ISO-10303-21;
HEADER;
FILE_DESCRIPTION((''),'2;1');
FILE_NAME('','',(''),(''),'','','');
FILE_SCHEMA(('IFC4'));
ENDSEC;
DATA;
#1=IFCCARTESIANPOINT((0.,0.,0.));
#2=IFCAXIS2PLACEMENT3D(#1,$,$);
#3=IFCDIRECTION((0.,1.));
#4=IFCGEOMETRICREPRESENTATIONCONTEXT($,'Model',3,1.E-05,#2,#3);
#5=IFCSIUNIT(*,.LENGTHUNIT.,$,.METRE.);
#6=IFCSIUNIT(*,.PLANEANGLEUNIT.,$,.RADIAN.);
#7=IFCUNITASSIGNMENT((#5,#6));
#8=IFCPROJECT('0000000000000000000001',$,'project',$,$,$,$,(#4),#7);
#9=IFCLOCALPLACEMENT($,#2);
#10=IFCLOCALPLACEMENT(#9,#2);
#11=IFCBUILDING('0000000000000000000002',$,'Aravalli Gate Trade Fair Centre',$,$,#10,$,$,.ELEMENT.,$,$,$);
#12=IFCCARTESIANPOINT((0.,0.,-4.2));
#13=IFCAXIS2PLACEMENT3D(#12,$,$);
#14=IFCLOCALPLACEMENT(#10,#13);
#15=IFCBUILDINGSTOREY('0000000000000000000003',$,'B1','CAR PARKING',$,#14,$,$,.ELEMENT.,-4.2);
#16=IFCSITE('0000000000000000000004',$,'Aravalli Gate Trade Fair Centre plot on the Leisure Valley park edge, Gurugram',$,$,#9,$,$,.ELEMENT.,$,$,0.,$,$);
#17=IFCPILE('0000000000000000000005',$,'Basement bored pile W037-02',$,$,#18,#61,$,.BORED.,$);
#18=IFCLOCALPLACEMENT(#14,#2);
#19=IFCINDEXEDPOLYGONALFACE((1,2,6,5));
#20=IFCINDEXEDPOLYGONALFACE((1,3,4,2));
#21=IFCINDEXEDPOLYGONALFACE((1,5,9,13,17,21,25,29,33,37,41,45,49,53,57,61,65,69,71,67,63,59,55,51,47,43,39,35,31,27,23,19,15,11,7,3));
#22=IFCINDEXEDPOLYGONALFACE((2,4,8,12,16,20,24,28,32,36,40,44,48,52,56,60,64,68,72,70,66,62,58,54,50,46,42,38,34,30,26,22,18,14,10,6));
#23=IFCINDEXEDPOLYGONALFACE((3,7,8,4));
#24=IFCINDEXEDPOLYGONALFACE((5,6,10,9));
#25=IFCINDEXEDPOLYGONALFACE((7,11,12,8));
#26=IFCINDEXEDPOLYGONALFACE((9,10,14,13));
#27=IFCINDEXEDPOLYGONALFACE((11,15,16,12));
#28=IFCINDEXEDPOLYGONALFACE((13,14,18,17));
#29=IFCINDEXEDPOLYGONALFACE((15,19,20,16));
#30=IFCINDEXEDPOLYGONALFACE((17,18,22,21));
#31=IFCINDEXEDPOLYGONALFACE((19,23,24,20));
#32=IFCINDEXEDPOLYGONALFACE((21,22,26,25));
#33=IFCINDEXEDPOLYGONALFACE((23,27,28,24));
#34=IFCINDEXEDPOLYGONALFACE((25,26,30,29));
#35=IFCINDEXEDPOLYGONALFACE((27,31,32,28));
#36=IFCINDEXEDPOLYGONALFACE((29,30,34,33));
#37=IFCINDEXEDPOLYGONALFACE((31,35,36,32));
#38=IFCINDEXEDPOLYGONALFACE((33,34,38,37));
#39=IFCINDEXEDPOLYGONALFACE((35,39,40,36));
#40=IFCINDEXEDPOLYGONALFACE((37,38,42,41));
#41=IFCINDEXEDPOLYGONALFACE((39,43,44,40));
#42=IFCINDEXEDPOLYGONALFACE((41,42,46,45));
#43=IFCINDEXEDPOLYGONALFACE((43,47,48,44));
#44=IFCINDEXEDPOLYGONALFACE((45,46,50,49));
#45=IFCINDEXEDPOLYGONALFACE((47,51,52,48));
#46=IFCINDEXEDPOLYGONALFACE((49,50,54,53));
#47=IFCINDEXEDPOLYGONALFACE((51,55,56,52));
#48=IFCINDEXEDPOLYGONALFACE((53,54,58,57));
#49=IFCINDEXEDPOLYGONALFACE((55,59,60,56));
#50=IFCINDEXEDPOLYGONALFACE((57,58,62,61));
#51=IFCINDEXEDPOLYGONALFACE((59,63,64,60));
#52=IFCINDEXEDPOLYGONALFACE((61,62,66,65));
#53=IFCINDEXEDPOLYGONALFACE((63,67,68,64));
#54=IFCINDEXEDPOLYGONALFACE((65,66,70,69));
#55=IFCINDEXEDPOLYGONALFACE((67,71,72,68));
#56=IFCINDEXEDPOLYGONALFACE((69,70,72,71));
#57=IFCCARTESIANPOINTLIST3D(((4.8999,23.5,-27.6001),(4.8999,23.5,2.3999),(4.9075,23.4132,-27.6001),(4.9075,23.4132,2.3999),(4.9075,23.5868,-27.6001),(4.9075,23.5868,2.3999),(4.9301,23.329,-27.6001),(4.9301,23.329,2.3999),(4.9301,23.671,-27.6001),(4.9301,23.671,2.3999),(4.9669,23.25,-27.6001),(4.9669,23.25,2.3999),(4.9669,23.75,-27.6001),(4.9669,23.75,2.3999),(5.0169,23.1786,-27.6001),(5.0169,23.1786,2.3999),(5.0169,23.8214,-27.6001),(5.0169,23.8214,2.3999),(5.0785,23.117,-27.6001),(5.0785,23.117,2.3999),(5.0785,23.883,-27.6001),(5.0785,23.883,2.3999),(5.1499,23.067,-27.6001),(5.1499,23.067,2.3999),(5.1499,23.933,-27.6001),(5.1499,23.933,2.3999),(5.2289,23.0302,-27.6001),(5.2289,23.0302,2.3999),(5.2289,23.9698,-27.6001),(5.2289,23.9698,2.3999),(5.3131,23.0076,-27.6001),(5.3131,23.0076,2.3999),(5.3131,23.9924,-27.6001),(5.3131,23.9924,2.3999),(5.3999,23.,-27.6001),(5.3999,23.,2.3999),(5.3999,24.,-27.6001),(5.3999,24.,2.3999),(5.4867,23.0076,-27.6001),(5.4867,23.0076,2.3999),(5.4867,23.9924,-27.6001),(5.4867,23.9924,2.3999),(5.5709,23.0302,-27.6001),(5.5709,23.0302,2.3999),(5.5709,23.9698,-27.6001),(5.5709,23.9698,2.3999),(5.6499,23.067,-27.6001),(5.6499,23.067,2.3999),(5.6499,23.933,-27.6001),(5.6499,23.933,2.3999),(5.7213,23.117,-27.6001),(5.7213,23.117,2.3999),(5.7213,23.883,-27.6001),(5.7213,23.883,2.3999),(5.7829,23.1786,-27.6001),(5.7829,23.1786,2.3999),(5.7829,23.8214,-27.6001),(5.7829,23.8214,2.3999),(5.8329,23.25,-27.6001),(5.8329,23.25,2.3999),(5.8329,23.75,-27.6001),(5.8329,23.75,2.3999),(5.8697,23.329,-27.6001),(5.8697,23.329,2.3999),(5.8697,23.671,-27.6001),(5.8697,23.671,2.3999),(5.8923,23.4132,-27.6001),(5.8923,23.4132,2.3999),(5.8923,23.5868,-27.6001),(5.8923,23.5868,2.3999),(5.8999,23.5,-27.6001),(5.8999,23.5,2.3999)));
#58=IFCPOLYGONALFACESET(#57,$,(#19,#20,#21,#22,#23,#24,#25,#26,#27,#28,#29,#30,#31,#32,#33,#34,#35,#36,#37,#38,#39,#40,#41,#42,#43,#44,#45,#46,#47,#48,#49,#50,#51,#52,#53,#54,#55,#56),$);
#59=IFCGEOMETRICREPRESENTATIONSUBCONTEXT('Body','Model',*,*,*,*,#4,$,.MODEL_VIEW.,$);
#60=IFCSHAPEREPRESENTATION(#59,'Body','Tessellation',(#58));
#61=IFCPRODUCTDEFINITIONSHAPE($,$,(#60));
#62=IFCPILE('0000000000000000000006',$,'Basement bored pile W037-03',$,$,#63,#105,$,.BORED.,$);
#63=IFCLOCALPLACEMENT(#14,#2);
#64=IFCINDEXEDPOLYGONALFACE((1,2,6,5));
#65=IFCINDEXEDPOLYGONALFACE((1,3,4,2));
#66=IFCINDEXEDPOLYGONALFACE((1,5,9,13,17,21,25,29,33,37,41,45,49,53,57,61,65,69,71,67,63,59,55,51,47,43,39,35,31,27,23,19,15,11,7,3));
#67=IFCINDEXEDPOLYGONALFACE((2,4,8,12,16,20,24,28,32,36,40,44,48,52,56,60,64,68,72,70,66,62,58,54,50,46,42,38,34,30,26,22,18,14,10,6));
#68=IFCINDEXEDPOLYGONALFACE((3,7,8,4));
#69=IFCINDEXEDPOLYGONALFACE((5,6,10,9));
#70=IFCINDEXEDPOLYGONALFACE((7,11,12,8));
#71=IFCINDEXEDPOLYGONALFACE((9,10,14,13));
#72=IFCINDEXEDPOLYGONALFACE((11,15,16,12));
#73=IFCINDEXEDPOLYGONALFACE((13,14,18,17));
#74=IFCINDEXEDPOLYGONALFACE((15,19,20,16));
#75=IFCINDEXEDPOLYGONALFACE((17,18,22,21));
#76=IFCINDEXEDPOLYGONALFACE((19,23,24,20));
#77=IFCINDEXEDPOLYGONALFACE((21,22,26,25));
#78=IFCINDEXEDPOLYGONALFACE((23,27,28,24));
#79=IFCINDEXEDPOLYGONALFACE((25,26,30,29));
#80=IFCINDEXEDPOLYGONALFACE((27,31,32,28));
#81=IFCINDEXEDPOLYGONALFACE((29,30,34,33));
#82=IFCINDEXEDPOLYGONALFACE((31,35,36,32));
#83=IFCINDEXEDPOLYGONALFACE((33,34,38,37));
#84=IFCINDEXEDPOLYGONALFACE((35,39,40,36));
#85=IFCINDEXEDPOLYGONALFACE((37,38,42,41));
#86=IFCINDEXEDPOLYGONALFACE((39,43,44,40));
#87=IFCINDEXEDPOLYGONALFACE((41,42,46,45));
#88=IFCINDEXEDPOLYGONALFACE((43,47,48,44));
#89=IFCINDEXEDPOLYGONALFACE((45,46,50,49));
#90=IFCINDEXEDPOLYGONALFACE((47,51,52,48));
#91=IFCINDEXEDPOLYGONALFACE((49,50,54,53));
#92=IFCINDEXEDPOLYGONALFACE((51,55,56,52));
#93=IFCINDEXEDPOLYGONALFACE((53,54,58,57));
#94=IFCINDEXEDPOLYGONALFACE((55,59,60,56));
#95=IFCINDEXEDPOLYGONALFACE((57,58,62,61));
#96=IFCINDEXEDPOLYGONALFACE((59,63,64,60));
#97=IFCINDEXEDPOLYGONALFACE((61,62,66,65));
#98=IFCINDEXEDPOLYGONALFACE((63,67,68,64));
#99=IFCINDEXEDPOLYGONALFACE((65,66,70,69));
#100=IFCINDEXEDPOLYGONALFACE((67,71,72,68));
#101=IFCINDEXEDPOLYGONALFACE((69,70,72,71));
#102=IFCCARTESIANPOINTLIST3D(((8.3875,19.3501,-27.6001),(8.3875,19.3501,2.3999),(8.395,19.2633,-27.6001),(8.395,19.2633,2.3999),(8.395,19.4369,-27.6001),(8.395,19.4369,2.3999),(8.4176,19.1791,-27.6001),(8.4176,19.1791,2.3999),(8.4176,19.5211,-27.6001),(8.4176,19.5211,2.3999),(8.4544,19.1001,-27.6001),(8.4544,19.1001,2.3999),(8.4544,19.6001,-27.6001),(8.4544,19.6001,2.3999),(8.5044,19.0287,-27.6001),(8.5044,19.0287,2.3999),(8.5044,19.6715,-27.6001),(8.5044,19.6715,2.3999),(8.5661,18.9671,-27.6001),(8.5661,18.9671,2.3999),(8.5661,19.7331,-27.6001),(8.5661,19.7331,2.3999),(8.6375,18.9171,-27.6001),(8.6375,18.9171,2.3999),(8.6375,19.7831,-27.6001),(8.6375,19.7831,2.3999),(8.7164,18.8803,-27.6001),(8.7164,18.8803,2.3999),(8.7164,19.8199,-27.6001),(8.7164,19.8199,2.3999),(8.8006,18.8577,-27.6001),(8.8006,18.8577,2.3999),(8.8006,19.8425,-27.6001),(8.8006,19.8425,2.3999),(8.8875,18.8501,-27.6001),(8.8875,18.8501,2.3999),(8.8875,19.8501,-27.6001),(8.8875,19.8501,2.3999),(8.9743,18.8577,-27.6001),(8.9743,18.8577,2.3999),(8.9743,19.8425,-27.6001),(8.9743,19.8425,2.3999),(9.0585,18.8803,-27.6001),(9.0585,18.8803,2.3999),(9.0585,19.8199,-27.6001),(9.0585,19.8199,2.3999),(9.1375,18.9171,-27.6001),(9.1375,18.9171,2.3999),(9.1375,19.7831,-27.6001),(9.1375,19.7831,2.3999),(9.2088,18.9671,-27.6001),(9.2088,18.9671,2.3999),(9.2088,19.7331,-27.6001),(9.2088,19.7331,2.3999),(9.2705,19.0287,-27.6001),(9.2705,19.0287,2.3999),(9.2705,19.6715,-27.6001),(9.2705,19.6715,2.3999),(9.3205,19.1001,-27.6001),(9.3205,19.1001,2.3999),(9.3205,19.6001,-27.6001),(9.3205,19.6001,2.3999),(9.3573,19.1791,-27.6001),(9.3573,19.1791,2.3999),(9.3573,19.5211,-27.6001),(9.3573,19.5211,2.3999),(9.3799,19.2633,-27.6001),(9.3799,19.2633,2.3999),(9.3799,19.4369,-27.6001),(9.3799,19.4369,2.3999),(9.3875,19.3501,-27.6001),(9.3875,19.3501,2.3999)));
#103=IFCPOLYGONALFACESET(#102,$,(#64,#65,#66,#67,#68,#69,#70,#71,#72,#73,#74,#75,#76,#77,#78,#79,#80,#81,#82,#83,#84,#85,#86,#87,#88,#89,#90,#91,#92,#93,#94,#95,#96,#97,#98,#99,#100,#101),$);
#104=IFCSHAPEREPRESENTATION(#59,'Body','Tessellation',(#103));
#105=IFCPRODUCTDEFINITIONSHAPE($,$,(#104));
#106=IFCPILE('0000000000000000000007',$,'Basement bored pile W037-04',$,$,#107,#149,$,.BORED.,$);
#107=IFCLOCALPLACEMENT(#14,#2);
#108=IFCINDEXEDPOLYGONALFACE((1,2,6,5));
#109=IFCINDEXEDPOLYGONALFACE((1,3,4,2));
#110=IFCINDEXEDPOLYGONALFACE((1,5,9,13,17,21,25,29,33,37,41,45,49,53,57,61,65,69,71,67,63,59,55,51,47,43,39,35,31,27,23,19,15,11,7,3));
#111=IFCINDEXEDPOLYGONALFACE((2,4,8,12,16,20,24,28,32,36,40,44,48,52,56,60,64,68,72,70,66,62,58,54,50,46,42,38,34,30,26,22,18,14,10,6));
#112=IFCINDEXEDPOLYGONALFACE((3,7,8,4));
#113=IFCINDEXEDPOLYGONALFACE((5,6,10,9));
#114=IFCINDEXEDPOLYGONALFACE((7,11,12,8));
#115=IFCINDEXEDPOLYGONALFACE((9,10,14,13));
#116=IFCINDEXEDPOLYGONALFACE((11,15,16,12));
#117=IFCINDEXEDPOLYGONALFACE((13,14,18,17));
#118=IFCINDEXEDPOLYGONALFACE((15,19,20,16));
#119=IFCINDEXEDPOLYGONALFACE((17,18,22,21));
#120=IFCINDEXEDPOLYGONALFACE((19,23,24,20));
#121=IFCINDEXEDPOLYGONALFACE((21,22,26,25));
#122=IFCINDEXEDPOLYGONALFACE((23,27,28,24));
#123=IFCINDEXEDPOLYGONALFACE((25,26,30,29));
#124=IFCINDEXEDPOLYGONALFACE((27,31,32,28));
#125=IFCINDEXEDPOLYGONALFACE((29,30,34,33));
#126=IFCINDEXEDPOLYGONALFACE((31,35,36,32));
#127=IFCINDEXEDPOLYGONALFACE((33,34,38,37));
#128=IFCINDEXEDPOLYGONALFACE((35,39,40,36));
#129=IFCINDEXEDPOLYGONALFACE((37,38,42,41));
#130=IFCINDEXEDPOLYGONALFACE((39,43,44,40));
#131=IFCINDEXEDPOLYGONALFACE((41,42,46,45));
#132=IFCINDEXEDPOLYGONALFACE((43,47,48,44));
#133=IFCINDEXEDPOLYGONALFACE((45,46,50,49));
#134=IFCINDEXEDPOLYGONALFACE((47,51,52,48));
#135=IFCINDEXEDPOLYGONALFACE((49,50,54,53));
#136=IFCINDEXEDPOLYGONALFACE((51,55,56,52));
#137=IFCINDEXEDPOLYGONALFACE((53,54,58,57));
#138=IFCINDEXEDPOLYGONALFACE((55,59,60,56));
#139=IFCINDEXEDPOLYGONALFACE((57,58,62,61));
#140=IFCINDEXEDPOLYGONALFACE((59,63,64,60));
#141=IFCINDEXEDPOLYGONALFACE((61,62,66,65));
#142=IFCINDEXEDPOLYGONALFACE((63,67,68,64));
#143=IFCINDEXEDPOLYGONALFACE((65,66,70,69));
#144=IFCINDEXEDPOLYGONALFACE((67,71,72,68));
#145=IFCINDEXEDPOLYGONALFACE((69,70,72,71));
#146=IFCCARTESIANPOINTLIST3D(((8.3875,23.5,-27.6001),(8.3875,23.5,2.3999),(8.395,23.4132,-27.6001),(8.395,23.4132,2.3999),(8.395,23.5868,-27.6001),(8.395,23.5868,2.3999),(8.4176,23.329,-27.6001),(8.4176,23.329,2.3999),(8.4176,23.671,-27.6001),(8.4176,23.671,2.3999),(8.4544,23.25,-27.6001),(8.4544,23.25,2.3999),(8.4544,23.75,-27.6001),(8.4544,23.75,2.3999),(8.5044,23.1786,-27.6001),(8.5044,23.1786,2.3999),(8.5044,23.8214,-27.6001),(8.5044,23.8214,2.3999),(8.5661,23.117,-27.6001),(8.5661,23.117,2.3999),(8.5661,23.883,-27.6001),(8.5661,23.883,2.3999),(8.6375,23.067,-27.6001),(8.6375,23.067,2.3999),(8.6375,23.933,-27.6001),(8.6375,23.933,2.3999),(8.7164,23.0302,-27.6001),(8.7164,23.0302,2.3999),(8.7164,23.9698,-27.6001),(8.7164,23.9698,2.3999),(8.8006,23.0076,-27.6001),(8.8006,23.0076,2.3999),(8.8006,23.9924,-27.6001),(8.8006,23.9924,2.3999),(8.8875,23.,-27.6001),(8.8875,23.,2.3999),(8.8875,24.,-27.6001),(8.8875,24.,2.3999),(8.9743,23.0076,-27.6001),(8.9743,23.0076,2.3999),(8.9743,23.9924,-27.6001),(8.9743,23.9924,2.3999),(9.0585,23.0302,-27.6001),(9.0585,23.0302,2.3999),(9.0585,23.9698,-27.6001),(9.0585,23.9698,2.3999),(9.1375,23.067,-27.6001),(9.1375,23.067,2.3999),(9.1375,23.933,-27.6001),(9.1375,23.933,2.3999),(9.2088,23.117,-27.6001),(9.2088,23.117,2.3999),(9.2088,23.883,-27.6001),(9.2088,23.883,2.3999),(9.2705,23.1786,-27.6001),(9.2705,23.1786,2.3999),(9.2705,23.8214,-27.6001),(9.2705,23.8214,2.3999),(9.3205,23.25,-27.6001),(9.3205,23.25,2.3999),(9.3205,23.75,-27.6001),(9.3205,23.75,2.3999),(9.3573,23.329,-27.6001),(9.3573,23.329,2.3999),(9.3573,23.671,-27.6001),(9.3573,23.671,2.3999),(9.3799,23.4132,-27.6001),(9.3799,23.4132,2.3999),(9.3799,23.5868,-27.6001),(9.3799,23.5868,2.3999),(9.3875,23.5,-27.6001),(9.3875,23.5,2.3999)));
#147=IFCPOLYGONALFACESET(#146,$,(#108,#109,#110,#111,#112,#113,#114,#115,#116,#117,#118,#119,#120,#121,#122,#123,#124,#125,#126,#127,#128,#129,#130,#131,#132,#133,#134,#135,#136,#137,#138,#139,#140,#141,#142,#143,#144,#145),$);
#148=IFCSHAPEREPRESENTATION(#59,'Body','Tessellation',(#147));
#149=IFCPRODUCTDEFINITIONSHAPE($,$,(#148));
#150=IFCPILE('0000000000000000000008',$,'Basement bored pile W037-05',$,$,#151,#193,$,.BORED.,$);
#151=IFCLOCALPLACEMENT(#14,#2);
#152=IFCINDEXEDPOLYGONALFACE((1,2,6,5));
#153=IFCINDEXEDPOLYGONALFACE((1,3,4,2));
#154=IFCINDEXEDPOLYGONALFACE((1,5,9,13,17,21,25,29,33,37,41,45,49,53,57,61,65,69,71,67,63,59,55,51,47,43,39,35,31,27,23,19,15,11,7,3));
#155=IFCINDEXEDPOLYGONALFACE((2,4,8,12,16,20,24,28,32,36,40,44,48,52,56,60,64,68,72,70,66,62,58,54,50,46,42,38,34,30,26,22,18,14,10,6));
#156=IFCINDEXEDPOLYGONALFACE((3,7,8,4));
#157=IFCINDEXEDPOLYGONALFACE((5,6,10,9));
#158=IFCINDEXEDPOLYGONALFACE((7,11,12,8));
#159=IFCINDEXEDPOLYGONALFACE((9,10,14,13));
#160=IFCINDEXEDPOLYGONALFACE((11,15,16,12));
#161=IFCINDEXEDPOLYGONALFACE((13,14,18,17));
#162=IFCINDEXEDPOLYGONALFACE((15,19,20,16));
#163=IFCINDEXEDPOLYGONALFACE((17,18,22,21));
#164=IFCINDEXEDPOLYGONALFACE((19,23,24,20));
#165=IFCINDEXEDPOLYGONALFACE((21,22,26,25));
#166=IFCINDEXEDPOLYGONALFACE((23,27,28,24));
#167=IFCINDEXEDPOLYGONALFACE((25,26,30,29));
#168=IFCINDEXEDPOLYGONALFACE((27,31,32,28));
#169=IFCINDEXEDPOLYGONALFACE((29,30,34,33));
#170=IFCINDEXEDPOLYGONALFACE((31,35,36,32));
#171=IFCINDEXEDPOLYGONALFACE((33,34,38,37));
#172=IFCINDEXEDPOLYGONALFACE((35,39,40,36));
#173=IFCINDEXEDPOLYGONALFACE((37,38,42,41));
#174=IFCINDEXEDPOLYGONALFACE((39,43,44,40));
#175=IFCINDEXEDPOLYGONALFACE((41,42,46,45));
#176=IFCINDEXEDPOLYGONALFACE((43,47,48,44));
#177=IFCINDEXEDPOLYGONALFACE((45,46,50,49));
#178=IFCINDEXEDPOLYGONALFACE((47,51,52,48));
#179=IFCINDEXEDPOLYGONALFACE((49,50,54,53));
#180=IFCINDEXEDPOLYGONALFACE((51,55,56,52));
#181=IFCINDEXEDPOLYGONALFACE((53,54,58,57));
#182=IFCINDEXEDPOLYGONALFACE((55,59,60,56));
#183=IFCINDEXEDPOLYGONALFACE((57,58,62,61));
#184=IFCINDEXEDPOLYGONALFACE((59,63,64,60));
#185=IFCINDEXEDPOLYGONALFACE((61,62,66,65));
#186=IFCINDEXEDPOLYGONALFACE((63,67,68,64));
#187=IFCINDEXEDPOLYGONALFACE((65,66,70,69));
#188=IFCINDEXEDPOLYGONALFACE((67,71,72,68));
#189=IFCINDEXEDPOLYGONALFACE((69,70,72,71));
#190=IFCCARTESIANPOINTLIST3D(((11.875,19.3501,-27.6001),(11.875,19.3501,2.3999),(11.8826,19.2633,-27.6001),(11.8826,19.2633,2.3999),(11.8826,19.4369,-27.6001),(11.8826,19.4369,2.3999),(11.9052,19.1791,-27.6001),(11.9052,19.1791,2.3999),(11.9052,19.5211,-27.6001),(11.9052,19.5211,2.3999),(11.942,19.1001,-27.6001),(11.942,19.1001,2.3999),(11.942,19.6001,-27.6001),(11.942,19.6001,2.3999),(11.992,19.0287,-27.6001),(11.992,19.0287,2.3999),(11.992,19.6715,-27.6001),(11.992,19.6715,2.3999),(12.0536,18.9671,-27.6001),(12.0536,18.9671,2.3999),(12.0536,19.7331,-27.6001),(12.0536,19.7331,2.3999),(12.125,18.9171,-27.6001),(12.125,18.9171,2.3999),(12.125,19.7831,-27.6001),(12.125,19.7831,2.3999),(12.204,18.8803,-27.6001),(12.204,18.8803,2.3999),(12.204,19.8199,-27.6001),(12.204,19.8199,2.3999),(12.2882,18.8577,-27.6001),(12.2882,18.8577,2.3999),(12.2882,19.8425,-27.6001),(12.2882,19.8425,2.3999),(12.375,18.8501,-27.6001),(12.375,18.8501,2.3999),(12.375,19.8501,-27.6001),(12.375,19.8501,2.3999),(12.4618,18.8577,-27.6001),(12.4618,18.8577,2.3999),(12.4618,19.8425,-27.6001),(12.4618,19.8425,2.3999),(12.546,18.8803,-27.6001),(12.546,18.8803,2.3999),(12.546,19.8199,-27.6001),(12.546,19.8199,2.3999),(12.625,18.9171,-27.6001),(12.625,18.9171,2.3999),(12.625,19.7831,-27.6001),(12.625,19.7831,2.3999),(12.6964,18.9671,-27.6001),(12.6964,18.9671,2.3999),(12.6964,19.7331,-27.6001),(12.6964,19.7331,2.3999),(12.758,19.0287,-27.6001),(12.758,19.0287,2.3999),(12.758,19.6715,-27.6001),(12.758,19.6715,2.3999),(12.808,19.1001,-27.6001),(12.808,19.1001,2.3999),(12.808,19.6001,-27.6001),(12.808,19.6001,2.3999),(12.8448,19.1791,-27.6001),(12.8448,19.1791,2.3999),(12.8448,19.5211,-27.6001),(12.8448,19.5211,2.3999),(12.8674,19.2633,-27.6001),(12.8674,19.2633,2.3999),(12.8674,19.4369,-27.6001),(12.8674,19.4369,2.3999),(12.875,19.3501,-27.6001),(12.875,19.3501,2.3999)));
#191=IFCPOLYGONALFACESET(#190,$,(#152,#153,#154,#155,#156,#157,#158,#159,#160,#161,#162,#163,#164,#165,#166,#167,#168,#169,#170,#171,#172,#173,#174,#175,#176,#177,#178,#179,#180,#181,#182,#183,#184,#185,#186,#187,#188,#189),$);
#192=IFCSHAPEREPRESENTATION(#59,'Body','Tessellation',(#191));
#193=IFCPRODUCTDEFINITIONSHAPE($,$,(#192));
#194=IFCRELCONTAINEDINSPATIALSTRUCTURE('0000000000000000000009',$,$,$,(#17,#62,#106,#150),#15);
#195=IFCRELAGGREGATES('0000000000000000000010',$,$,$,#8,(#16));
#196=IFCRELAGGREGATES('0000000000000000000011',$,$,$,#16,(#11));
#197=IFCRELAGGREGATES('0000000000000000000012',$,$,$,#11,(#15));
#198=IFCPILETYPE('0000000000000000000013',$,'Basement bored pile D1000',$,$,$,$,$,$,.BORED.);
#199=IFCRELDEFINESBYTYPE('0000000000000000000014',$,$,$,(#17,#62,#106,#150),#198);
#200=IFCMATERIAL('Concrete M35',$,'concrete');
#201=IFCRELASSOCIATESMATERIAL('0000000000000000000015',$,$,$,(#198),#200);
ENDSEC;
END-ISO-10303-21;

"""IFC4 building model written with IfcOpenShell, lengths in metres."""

from ifc_helpers import new_model, si_unit, direction, frame, origin, origin_2d, place, context, subcontext, project, spatial, circle, extrude, material, material_profile, profile_set, type_object, element, save


model = new_model("IFC4")

# Units and contexts
model_context = context("Model", 3, precision=1e-05, world=origin(), true_north=direction((0.0, 1.0)))
body_context = subcontext(model_context, "Body", "Model", "MODEL_VIEW")
ifc_project = project(units=[si_unit("LENGTHUNIT", "METRE"), si_unit("PLANEANGLEUNIT", "RADIAN")], contexts=[model_context])

# Site, building, storey
site_placement = place(None, origin())
site = spatial("IfcSite", under=ifc_project, at=site_placement, Name="Aravalli Gate Trade Fair Centre plot on the Leisure Valley park edge, Gurugram", CompositionType="ELEMENT", RefElevation=0.0)
building_placement = place(site_placement, origin())
building = spatial("IfcBuilding", under=site, at=building_placement, Name="Aravalli Gate Trade Fair Centre", CompositionType="ELEMENT")
storey_placement = place(building_placement, frame((0.0, 0.0, -4.2)))
storey = spatial("IfcBuildingStorey", under=building, at=storey_placement, Name="B1", Description="CAR PARKING", CompositionType="ELEMENT", Elevation=-4.2)

# Piles
ifc_material = material(Name="Concrete M35", Category="concrete")
ifc_material_profile = material_profile(ifc_material, circle(Radius=0.5, at=origin_2d()), Name="D1000")
ifc_profile_set = profile_set([ifc_material_profile], Name="Concrete M35")
pile_type = type_object("IfcPileType", Name="Basement bored pile D1000", PredefinedType="BORED", material=ifc_profile_set)
for number, where, z_axis, x_axis, name in (
    (1, (5.3999, 23.5, 2.3999), (0.0, 0.0, -1.0), (1.0, 0.0, 0.0), "Basement bored pile W037-02"),
    (2, (8.8875, 19.3501, 2.3999), (0.0, 0.0, -1.0), (1.0, 0.0, 0.0), "Basement bored pile W037-03"),
    (3, (8.8875, 23.5, 2.3999), (0.0, 0.0, -1.0), (1.0, 0.0, 0.0), "Basement bored pile W037-04"),
    (4, (12.375, 19.3501, 2.3999), (0.0, 0.0, -1.0), (1.0, 0.0, 0.0), "Basement bored pile W037-05"),
):
    element("IfcPile", number, at=place(storey_placement, frame(where, z_axis=z_axis, x_axis=x_axis)), inside=storey, type_object=pile_type, Name=name, PredefinedType="BORED", context=body_context, shape_type="SweptSolid", body=[
        extrude(circle(Radius=0.5, at=origin_2d()), origin(), (0.0, 0.0, 1.0), 30.0),
    ])

save(model, "model.ifc")
